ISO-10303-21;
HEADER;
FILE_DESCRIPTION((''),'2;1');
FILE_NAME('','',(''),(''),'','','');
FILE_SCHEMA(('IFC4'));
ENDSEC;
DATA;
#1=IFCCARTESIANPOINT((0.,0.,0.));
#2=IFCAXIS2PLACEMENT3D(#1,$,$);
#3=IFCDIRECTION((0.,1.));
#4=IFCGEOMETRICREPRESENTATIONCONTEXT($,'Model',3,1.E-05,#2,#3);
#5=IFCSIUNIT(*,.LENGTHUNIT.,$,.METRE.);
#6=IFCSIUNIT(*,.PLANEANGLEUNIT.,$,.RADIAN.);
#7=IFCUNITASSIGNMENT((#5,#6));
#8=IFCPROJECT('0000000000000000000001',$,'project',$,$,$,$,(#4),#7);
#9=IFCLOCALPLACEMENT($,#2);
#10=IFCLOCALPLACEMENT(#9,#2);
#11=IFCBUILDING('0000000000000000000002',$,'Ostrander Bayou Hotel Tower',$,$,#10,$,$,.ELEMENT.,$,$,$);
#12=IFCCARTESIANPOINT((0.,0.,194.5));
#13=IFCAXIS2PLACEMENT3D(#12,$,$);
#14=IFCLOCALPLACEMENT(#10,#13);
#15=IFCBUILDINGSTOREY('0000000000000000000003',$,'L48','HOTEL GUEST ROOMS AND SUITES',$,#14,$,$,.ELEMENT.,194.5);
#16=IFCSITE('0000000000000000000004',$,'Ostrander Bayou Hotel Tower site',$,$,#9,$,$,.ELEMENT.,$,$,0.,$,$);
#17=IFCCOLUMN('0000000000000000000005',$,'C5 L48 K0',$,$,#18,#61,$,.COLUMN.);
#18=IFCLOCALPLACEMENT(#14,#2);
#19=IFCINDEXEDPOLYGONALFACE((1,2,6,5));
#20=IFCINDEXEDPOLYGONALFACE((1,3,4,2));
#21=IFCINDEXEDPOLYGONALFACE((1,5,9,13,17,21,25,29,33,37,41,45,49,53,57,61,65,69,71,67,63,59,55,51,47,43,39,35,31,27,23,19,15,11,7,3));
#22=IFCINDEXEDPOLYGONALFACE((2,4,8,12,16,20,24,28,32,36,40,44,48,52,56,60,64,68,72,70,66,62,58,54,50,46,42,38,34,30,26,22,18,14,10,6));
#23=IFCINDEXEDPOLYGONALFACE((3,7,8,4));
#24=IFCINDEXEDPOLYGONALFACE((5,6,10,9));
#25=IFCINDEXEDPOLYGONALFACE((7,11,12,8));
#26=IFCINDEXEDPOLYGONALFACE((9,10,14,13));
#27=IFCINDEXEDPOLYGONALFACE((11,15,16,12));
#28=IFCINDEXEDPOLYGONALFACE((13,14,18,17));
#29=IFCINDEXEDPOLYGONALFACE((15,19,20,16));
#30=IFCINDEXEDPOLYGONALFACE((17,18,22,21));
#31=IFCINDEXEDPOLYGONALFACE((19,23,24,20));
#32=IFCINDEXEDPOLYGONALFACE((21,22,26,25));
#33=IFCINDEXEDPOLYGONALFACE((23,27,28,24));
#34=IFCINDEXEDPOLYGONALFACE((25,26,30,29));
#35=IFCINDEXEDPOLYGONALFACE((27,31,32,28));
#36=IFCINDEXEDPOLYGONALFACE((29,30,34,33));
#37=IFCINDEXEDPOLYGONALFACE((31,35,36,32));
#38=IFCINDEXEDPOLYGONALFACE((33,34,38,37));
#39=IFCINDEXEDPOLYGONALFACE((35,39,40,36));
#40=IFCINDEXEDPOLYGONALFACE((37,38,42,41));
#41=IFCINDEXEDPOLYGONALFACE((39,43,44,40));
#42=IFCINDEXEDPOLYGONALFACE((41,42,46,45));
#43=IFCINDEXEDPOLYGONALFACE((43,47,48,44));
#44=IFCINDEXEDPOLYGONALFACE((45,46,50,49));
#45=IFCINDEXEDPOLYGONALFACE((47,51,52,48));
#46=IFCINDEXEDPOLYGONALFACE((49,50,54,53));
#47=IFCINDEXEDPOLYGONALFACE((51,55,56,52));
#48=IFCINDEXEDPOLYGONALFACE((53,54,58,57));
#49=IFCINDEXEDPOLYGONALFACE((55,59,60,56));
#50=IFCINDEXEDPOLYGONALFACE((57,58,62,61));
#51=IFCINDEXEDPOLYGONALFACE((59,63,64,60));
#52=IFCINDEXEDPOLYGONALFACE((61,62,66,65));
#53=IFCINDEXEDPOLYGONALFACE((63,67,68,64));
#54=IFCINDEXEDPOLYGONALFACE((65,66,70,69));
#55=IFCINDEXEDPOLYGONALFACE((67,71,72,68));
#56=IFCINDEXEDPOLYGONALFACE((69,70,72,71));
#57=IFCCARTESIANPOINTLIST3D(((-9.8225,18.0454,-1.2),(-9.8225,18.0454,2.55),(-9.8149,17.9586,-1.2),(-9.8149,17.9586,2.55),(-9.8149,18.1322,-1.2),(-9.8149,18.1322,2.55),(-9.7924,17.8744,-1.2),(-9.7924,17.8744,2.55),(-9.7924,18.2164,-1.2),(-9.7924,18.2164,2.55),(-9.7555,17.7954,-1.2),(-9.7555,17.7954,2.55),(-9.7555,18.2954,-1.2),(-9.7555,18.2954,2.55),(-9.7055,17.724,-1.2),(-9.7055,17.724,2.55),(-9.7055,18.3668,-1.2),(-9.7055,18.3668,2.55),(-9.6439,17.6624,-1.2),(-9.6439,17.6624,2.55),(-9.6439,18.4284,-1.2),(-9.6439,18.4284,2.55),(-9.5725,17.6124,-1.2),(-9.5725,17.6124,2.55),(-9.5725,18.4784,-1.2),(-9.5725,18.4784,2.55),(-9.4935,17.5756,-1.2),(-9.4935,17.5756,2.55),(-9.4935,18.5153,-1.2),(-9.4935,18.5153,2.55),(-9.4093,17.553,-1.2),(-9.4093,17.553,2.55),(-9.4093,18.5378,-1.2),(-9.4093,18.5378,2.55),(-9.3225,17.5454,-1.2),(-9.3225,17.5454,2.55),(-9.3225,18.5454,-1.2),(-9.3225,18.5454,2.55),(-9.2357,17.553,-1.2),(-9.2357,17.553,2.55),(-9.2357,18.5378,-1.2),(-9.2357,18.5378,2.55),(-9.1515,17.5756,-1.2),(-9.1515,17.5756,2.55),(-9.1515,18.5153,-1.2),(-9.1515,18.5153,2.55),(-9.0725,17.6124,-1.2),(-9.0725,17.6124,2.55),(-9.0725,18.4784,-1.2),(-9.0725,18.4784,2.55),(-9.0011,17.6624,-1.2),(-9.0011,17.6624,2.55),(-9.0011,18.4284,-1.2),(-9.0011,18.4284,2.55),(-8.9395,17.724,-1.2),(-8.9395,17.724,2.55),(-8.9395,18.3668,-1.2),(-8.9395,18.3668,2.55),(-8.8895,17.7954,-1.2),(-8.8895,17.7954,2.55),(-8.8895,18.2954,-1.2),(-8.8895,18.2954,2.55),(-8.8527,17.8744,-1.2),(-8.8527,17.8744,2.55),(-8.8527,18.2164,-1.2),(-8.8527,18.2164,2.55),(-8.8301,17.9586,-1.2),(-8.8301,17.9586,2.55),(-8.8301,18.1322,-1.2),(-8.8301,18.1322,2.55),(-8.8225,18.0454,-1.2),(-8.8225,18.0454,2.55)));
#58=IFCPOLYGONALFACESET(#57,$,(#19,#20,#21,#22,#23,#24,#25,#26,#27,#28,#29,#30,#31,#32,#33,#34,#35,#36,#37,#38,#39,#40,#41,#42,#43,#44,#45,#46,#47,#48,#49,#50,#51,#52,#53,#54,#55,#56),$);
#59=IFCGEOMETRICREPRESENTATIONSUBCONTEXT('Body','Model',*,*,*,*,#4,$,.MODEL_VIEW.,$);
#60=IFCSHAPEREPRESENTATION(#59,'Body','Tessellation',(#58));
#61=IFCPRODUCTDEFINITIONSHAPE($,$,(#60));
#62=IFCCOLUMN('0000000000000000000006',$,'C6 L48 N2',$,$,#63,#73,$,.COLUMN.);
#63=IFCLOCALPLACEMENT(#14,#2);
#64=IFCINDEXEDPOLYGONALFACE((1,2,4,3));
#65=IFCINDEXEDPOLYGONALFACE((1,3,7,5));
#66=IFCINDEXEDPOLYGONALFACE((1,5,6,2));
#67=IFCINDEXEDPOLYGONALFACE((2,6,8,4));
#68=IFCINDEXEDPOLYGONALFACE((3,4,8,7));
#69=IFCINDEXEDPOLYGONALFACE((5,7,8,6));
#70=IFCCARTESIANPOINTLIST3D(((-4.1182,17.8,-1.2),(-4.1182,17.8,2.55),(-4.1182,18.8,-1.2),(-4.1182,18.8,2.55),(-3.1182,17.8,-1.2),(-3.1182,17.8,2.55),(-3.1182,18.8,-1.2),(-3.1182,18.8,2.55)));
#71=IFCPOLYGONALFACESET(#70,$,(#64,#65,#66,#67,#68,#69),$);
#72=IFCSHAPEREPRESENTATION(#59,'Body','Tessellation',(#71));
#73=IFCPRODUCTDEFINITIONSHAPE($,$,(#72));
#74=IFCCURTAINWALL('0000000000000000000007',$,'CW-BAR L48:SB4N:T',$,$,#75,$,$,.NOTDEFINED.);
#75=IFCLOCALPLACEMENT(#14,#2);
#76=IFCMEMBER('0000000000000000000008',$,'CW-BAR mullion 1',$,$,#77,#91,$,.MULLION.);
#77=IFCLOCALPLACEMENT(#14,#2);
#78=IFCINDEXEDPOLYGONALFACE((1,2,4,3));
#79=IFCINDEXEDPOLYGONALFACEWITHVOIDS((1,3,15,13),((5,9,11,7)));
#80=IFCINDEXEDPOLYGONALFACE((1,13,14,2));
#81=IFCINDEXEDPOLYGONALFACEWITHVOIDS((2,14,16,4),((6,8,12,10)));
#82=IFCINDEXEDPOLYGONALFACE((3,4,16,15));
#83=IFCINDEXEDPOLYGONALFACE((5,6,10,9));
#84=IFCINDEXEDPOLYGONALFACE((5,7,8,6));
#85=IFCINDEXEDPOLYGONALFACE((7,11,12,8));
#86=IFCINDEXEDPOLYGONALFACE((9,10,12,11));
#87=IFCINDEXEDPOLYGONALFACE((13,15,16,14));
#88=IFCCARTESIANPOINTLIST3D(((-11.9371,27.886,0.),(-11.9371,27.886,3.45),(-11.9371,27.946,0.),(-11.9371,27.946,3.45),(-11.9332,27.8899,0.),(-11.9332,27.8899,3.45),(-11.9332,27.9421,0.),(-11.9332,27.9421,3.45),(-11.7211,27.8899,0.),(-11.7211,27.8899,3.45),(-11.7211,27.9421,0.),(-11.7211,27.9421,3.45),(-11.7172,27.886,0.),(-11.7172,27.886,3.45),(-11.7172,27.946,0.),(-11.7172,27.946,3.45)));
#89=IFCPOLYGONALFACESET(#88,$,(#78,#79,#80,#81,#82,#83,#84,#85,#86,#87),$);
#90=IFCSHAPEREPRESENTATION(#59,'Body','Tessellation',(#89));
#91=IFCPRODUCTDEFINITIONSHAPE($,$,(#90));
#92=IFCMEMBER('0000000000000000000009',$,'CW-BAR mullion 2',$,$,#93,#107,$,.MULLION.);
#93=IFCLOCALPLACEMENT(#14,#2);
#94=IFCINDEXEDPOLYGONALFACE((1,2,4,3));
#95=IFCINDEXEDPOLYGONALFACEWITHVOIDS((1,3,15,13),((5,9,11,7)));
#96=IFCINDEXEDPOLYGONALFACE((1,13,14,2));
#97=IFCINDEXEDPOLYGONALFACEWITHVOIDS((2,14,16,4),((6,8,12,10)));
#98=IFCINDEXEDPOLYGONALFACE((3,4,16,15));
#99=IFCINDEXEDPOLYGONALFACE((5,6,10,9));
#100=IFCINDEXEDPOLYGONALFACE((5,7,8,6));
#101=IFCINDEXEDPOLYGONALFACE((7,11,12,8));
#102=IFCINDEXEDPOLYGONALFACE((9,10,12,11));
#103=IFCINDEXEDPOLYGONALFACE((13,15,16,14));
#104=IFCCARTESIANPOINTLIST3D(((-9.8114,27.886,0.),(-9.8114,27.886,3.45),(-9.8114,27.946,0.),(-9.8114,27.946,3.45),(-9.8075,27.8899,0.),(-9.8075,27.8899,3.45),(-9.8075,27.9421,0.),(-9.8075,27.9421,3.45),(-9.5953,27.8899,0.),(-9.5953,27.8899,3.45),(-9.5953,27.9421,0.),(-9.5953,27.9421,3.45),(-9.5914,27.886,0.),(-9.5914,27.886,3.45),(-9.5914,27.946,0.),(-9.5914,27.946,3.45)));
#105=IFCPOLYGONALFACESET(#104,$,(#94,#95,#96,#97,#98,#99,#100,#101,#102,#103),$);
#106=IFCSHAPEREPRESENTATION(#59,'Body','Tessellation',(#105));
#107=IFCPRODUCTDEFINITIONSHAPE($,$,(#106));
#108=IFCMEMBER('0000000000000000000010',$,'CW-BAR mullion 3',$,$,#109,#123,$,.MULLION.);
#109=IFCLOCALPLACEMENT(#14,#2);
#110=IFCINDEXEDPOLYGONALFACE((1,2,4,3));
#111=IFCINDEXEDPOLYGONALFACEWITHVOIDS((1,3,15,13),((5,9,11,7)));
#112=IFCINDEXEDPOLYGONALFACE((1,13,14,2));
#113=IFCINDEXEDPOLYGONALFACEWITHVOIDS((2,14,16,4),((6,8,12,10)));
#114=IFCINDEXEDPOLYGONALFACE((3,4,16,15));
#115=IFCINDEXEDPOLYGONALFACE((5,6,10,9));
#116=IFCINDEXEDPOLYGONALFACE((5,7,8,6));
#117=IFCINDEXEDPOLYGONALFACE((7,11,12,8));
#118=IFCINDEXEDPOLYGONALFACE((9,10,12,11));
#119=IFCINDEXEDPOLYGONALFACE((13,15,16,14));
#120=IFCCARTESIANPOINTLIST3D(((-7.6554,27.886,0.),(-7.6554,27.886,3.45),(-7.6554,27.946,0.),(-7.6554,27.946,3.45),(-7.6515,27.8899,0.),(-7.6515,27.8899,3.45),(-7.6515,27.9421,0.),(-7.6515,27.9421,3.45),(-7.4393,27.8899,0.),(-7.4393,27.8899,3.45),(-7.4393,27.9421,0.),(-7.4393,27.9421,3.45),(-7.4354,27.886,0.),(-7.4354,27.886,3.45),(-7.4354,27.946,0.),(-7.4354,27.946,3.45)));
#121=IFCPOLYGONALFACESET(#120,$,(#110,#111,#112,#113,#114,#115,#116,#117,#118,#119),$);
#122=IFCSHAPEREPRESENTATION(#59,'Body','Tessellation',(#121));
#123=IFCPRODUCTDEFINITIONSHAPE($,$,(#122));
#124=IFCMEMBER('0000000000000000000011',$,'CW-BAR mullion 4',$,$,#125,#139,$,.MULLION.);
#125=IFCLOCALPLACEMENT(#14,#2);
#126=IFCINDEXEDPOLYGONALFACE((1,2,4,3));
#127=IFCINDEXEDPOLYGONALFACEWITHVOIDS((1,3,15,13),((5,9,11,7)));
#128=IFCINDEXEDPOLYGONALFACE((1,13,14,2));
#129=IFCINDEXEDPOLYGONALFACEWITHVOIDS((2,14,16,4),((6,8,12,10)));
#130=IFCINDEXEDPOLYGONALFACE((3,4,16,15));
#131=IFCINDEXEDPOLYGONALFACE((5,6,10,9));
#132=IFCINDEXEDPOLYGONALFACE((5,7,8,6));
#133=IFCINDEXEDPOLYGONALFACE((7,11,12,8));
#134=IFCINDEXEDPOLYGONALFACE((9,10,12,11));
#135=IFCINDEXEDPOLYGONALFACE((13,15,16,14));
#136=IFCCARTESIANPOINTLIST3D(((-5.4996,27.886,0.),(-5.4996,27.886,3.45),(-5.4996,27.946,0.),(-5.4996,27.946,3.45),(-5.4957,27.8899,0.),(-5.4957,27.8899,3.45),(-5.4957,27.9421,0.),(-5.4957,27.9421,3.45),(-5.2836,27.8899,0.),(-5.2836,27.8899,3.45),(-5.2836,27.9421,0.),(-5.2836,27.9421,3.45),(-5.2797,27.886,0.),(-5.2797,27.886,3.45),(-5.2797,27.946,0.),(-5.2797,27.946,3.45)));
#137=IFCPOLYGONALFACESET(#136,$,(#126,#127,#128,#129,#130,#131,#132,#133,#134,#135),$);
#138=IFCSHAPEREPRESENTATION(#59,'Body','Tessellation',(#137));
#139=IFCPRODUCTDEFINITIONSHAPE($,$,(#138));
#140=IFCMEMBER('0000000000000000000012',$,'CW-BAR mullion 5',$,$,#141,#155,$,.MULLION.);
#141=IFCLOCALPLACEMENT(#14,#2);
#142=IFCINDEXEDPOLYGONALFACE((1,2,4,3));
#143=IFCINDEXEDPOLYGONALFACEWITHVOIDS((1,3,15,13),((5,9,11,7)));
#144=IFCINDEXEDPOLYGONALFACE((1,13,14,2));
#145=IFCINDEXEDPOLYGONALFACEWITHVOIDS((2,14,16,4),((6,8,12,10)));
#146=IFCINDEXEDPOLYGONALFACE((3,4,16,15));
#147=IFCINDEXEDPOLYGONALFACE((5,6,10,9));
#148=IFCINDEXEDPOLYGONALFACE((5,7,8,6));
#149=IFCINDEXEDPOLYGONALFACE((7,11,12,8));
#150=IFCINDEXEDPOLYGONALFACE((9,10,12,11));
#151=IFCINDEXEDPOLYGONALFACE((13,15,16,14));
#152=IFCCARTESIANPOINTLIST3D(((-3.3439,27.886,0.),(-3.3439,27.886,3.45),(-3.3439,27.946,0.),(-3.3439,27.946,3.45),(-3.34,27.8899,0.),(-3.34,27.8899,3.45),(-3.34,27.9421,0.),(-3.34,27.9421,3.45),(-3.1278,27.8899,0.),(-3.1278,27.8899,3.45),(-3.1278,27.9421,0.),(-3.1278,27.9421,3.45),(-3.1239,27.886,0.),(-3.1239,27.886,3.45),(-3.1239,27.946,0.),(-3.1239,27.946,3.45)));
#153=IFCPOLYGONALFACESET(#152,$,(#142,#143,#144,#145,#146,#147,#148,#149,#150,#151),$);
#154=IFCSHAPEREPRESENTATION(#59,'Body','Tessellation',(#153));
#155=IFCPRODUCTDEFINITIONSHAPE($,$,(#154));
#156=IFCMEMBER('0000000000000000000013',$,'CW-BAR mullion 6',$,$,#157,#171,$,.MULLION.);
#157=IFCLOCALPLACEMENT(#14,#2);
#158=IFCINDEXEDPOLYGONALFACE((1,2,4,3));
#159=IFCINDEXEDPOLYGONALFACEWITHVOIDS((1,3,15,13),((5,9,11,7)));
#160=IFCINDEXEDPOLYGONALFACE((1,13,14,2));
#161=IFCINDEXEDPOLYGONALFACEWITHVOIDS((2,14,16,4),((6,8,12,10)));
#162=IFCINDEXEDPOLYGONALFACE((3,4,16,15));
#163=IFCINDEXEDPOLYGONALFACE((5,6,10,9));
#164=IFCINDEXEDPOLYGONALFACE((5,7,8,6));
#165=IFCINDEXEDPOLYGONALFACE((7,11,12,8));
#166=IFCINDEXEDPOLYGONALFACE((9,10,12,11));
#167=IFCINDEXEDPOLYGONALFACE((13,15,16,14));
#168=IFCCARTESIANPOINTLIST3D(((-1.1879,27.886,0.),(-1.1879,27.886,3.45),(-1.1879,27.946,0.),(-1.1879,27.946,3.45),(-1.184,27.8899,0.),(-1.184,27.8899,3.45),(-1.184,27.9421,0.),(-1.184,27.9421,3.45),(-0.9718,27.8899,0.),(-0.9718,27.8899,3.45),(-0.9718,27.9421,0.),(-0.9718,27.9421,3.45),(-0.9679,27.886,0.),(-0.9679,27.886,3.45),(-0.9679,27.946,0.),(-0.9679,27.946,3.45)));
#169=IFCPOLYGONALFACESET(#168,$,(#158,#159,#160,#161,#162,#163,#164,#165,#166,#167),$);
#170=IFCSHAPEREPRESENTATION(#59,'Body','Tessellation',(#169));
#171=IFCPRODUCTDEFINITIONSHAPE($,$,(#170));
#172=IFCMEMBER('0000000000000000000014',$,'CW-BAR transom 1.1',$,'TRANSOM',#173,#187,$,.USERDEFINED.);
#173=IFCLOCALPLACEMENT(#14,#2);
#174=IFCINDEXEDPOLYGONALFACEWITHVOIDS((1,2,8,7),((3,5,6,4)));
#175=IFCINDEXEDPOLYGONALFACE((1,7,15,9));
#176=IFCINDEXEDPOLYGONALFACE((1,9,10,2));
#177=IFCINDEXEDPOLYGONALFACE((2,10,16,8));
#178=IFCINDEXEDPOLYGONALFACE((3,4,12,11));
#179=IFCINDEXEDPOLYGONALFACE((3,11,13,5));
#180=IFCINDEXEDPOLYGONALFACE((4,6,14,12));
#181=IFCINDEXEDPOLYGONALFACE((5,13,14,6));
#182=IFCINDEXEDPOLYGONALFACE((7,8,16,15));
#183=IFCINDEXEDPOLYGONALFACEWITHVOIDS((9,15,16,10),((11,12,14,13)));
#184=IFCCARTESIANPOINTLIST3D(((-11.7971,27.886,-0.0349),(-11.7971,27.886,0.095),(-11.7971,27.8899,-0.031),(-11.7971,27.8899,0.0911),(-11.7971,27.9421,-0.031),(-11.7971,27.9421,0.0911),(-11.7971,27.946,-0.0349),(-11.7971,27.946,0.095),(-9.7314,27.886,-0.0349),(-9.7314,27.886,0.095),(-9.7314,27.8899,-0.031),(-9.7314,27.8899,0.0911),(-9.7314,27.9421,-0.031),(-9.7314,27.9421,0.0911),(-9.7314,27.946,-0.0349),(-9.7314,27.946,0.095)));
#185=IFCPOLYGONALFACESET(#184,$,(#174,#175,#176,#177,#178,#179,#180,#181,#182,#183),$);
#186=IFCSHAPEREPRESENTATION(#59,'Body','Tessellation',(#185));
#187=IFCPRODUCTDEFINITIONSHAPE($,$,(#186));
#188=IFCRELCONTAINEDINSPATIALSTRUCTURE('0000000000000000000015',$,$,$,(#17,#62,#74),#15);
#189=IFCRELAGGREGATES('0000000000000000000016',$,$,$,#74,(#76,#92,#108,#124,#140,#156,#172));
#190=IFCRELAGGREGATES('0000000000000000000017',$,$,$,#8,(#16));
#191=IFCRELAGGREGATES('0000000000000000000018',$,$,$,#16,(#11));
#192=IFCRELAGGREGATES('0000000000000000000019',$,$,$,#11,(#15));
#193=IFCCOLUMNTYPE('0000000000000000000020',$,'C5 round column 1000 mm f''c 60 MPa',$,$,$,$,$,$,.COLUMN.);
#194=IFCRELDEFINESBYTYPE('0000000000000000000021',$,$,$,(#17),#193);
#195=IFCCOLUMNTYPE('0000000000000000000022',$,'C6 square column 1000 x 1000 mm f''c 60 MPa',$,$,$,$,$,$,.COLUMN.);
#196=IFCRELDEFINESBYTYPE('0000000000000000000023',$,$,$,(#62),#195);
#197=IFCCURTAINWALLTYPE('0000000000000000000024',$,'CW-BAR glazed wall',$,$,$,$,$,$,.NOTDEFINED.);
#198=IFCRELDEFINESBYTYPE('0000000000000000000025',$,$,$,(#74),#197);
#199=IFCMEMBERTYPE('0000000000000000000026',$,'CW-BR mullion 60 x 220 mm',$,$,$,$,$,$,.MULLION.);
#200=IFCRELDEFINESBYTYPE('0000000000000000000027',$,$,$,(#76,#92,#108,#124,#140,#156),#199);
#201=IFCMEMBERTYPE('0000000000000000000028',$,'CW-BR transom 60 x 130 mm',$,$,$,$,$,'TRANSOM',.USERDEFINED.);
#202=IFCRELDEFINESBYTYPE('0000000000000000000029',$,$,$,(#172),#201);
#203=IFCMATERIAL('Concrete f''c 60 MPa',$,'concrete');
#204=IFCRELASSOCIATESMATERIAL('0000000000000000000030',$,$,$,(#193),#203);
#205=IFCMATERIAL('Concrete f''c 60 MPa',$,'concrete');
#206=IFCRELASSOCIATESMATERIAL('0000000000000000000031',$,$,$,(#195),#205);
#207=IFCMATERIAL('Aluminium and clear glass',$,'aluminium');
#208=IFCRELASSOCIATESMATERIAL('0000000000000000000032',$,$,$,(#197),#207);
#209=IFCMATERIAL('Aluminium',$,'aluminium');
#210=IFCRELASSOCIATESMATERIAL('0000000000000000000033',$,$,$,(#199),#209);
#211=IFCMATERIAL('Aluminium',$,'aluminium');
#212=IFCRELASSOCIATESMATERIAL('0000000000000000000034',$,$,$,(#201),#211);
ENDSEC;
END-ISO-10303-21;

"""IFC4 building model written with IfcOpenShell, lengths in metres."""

from ifc_helpers import new_model, si_unit, direction, frame, origin, origin_2d, place, context, subcontext, project, spatial, rectangle, hollow_rectangle, circle, extrude, material, material_profile, profile_set, type_object, element, aggregate, save


model = new_model("IFC4")

# Units and contexts
model_context = context("Model", 3, precision=1e-05, world=origin(), true_north=direction((0.0, 1.0)))
body_context = subcontext(model_context, "Body", "Model", "MODEL_VIEW")
ifc_project = project(units=[si_unit("LENGTHUNIT", "METRE"), si_unit("PLANEANGLEUNIT", "RADIAN")], contexts=[model_context])

# Site, building, storey
site_placement = place(None, origin())
site = spatial("IfcSite", under=ifc_project, at=site_placement, Name="Ostrander Bayou Hotel Tower site", CompositionType="ELEMENT", RefElevation=0.0)
building_placement = place(site_placement, origin())
building = spatial("IfcBuilding", under=site, at=building_placement, Name="Ostrander Bayou Hotel Tower", CompositionType="ELEMENT")
storey_placement = place(building_placement, frame((0.0, 0.0, 194.5)))
storey = spatial("IfcBuildingStorey", under=building, at=storey_placement, Name="L48", Description="HOTEL GUEST ROOMS AND SUITES", CompositionType="ELEMENT", Elevation=194.5)

# Columns
ifc_material_1 = material(Name="Concrete f'c 60 MPa", Category="concrete")
ifc_material_profile_1 = material_profile(ifc_material_1, circle(Radius=0.5, at=origin_2d()))
ifc_profile_set_1 = profile_set([ifc_material_profile_1], Name="Concrete f'c 60 MPa")
column_type_1 = type_object("IfcColumnType", Name="C5 round column 1000 mm f'c 60 MPa", PredefinedType="COLUMN", material=ifc_profile_set_1)
column_1_placement = place(storey_placement, frame((-9.3225, 18.0454, -1.2), z_axis=(0.0, 0.0, 1.0), x_axis=(1.0, 0.0, 0.0)))
element("IfcColumn", 1, at=column_1_placement, inside=storey, type_object=column_type_1, Name="C5 L48 K0", PredefinedType="COLUMN", context=body_context, shape_type="SweptSolid", body=[
    extrude(circle(Radius=0.5, at=origin_2d()), origin(), (0.0, 0.0, 1.0), 3.75),
])
ifc_material_2 = material(Name="Concrete f'c 60 MPa", Category="concrete")
ifc_material_profile_2 = material_profile(ifc_material_2, rectangle(XDim=1.0, YDim=1.0, at=origin_2d()))
ifc_profile_set_2 = profile_set([ifc_material_profile_2], Name="Concrete f'c 60 MPa")
column_type_2 = type_object("IfcColumnType", Name="C6 square column 1000 x 1000 mm f'c 60 MPa", PredefinedType="COLUMN", material=ifc_profile_set_2)
column_2_placement = place(storey_placement, frame((-3.6182, 18.3, -1.2), z_axis=(0.0, 0.0, 1.0), x_axis=(1.0, 0.0, 0.0)))
element("IfcColumn", 2, at=column_2_placement, inside=storey, type_object=column_type_2, Name="C6 L48 N2", PredefinedType="COLUMN", context=body_context, shape_type="SweptSolid", body=[
    extrude(rectangle(XDim=1.0, YDim=1.0, at=origin_2d()), origin(), (0.0, 0.0, 1.0), 3.75),
])

# Curtain wall, members
ifc_material_3 = material(Name="Aluminium and clear glass", Category="aluminium")
curtain_wall_type = type_object("IfcCurtainWallType", Name="CW-BAR glazed wall", PredefinedType="NOTDEFINED", material=ifc_material_3)
curtain_wall_placement = place(storey_placement, origin())
curtain_wall = element("IfcCurtainWall", 3, at=curtain_wall_placement, inside=storey, type_object=curtain_wall_type, Name="CW-BAR L48:SB4N:T", PredefinedType="NOTDEFINED")
ifc_material_4 = material(Name="Aluminium", Category="aluminium")
ifc_material_profile_3 = material_profile(ifc_material_4, hollow_rectangle(XDim=0.0601, YDim=0.22, WallThickness=0.0039, at=origin_2d()))
ifc_profile_set_3 = profile_set([ifc_material_profile_3], Name="Aluminium")
member_type_1 = type_object("IfcMemberType", Name="CW-BR mullion 60 x 220 mm", PredefinedType="MULLION", material=ifc_profile_set_3)
member_1_placement = place(storey_placement, frame((-11.8271, 27.916, 0.0), z_axis=(0.0, 0.0, 1.0), x_axis=(0.0, 1.0, 0.0)))
member_1 = element("IfcMember", 4, at=member_1_placement, type_object=member_type_1, Name="CW-BAR mullion 1", PredefinedType="MULLION", context=body_context, shape_type="SweptSolid", body=[
    extrude(hollow_rectangle(XDim=0.0601, YDim=0.22, WallThickness=0.0039, at=origin_2d()), origin(), (0.0, 0.0, 1.0), 3.45),
])
member_2_placement = place(storey_placement, frame((-9.7014, 27.916, 0.0), z_axis=(0.0, 0.0, 1.0), x_axis=(0.0, 1.0, 0.0)))
member_2 = element("IfcMember", 5, at=member_2_placement, type_object=member_type_1, Name="CW-BAR mullion 2", PredefinedType="MULLION", context=body_context, shape_type="SweptSolid", body=[
    extrude(hollow_rectangle(XDim=0.0601, YDim=0.22, WallThickness=0.0039, at=origin_2d()), origin(), (0.0, 0.0, 1.0), 3.45),
])
member_3_placement = place(storey_placement, frame((-7.5454, 27.916, 0.0), z_axis=(0.0, 0.0, 1.0), x_axis=(0.0, 1.0, 0.0)))
member_3 = element("IfcMember", 6, at=member_3_placement, type_object=member_type_1, Name="CW-BAR mullion 3", PredefinedType="MULLION", context=body_context, shape_type="SweptSolid", body=[
    extrude(hollow_rectangle(XDim=0.0601, YDim=0.22, WallThickness=0.0039, at=origin_2d()), origin(), (0.0, 0.0, 1.0), 3.45),
])
member_4_placement = place(storey_placement, frame((-5.3896, 27.916, 0.0), z_axis=(0.0, 0.0, 1.0), x_axis=(0.0, 1.0, 0.0)))
member_4 = element("IfcMember", 7, at=member_4_placement, type_object=member_type_1, Name="CW-BAR mullion 4", PredefinedType="MULLION", context=body_context, shape_type="SweptSolid", body=[
    extrude(hollow_rectangle(XDim=0.0601, YDim=0.22, WallThickness=0.0039, at=origin_2d()), origin(), (0.0, 0.0, 1.0), 3.45),
])
member_5_placement = place(storey_placement, frame((-3.2339, 27.916, 0.0), z_axis=(0.0, 0.0, 1.0), x_axis=(0.0, 1.0, 0.0)))
member_5 = element("IfcMember", 8, at=member_5_placement, type_object=member_type_1, Name="CW-BAR mullion 5", PredefinedType="MULLION", context=body_context, shape_type="SweptSolid", body=[
    extrude(hollow_rectangle(XDim=0.0601, YDim=0.22, WallThickness=0.0039, at=origin_2d()), origin(), (0.0, 0.0, 1.0), 3.45),
])
member_6_placement = place(storey_placement, frame((-1.0779, 27.916, 0.0), z_axis=(0.0, 0.0, 1.0), x_axis=(0.0, 1.0, 0.0)))
member_6 = element("IfcMember", 9, at=member_6_placement, type_object=member_type_1, Name="CW-BAR mullion 6", PredefinedType="MULLION", context=body_context, shape_type="SweptSolid", body=[
    extrude(hollow_rectangle(XDim=0.0601, YDim=0.22, WallThickness=0.0039, at=origin_2d()), origin(), (0.0, 0.0, 1.0), 3.45),
])
ifc_material_5 = material(Name="Aluminium", Category="aluminium")
ifc_material_profile_4 = material_profile(ifc_material_5, hollow_rectangle(XDim=0.0601, YDim=0.1299, WallThickness=0.0039, at=origin_2d()))
ifc_profile_set_4 = profile_set([ifc_material_profile_4], Name="Aluminium")
member_type_2 = type_object("IfcMemberType", Name="CW-BR transom 60 x 130 mm", ElementType="TRANSOM", PredefinedType="USERDEFINED", material=ifc_profile_set_4)
member_7_placement = place(storey_placement, frame((-11.7971, 27.916, 0.03), z_axis=(1.0, 0.0, 0.0), x_axis=(0.0, 1.0, 0.0)))
member_7 = element("IfcMember", 10, at=member_7_placement, type_object=member_type_2, Name="CW-BAR transom 1.1", ObjectType="TRANSOM", PredefinedType="USERDEFINED", context=body_context, shape_type="SweptSolid", body=[
    extrude(hollow_rectangle(XDim=0.0601, YDim=0.1299, WallThickness=0.0039, at=origin_2d()), origin(), (0.0, 0.0, 1.0), 2.0657),
])
aggregate(curtain_wall, [member_1, member_2, member_3, member_4, member_5, member_6, member_7])

save(model, "model.ifc")
